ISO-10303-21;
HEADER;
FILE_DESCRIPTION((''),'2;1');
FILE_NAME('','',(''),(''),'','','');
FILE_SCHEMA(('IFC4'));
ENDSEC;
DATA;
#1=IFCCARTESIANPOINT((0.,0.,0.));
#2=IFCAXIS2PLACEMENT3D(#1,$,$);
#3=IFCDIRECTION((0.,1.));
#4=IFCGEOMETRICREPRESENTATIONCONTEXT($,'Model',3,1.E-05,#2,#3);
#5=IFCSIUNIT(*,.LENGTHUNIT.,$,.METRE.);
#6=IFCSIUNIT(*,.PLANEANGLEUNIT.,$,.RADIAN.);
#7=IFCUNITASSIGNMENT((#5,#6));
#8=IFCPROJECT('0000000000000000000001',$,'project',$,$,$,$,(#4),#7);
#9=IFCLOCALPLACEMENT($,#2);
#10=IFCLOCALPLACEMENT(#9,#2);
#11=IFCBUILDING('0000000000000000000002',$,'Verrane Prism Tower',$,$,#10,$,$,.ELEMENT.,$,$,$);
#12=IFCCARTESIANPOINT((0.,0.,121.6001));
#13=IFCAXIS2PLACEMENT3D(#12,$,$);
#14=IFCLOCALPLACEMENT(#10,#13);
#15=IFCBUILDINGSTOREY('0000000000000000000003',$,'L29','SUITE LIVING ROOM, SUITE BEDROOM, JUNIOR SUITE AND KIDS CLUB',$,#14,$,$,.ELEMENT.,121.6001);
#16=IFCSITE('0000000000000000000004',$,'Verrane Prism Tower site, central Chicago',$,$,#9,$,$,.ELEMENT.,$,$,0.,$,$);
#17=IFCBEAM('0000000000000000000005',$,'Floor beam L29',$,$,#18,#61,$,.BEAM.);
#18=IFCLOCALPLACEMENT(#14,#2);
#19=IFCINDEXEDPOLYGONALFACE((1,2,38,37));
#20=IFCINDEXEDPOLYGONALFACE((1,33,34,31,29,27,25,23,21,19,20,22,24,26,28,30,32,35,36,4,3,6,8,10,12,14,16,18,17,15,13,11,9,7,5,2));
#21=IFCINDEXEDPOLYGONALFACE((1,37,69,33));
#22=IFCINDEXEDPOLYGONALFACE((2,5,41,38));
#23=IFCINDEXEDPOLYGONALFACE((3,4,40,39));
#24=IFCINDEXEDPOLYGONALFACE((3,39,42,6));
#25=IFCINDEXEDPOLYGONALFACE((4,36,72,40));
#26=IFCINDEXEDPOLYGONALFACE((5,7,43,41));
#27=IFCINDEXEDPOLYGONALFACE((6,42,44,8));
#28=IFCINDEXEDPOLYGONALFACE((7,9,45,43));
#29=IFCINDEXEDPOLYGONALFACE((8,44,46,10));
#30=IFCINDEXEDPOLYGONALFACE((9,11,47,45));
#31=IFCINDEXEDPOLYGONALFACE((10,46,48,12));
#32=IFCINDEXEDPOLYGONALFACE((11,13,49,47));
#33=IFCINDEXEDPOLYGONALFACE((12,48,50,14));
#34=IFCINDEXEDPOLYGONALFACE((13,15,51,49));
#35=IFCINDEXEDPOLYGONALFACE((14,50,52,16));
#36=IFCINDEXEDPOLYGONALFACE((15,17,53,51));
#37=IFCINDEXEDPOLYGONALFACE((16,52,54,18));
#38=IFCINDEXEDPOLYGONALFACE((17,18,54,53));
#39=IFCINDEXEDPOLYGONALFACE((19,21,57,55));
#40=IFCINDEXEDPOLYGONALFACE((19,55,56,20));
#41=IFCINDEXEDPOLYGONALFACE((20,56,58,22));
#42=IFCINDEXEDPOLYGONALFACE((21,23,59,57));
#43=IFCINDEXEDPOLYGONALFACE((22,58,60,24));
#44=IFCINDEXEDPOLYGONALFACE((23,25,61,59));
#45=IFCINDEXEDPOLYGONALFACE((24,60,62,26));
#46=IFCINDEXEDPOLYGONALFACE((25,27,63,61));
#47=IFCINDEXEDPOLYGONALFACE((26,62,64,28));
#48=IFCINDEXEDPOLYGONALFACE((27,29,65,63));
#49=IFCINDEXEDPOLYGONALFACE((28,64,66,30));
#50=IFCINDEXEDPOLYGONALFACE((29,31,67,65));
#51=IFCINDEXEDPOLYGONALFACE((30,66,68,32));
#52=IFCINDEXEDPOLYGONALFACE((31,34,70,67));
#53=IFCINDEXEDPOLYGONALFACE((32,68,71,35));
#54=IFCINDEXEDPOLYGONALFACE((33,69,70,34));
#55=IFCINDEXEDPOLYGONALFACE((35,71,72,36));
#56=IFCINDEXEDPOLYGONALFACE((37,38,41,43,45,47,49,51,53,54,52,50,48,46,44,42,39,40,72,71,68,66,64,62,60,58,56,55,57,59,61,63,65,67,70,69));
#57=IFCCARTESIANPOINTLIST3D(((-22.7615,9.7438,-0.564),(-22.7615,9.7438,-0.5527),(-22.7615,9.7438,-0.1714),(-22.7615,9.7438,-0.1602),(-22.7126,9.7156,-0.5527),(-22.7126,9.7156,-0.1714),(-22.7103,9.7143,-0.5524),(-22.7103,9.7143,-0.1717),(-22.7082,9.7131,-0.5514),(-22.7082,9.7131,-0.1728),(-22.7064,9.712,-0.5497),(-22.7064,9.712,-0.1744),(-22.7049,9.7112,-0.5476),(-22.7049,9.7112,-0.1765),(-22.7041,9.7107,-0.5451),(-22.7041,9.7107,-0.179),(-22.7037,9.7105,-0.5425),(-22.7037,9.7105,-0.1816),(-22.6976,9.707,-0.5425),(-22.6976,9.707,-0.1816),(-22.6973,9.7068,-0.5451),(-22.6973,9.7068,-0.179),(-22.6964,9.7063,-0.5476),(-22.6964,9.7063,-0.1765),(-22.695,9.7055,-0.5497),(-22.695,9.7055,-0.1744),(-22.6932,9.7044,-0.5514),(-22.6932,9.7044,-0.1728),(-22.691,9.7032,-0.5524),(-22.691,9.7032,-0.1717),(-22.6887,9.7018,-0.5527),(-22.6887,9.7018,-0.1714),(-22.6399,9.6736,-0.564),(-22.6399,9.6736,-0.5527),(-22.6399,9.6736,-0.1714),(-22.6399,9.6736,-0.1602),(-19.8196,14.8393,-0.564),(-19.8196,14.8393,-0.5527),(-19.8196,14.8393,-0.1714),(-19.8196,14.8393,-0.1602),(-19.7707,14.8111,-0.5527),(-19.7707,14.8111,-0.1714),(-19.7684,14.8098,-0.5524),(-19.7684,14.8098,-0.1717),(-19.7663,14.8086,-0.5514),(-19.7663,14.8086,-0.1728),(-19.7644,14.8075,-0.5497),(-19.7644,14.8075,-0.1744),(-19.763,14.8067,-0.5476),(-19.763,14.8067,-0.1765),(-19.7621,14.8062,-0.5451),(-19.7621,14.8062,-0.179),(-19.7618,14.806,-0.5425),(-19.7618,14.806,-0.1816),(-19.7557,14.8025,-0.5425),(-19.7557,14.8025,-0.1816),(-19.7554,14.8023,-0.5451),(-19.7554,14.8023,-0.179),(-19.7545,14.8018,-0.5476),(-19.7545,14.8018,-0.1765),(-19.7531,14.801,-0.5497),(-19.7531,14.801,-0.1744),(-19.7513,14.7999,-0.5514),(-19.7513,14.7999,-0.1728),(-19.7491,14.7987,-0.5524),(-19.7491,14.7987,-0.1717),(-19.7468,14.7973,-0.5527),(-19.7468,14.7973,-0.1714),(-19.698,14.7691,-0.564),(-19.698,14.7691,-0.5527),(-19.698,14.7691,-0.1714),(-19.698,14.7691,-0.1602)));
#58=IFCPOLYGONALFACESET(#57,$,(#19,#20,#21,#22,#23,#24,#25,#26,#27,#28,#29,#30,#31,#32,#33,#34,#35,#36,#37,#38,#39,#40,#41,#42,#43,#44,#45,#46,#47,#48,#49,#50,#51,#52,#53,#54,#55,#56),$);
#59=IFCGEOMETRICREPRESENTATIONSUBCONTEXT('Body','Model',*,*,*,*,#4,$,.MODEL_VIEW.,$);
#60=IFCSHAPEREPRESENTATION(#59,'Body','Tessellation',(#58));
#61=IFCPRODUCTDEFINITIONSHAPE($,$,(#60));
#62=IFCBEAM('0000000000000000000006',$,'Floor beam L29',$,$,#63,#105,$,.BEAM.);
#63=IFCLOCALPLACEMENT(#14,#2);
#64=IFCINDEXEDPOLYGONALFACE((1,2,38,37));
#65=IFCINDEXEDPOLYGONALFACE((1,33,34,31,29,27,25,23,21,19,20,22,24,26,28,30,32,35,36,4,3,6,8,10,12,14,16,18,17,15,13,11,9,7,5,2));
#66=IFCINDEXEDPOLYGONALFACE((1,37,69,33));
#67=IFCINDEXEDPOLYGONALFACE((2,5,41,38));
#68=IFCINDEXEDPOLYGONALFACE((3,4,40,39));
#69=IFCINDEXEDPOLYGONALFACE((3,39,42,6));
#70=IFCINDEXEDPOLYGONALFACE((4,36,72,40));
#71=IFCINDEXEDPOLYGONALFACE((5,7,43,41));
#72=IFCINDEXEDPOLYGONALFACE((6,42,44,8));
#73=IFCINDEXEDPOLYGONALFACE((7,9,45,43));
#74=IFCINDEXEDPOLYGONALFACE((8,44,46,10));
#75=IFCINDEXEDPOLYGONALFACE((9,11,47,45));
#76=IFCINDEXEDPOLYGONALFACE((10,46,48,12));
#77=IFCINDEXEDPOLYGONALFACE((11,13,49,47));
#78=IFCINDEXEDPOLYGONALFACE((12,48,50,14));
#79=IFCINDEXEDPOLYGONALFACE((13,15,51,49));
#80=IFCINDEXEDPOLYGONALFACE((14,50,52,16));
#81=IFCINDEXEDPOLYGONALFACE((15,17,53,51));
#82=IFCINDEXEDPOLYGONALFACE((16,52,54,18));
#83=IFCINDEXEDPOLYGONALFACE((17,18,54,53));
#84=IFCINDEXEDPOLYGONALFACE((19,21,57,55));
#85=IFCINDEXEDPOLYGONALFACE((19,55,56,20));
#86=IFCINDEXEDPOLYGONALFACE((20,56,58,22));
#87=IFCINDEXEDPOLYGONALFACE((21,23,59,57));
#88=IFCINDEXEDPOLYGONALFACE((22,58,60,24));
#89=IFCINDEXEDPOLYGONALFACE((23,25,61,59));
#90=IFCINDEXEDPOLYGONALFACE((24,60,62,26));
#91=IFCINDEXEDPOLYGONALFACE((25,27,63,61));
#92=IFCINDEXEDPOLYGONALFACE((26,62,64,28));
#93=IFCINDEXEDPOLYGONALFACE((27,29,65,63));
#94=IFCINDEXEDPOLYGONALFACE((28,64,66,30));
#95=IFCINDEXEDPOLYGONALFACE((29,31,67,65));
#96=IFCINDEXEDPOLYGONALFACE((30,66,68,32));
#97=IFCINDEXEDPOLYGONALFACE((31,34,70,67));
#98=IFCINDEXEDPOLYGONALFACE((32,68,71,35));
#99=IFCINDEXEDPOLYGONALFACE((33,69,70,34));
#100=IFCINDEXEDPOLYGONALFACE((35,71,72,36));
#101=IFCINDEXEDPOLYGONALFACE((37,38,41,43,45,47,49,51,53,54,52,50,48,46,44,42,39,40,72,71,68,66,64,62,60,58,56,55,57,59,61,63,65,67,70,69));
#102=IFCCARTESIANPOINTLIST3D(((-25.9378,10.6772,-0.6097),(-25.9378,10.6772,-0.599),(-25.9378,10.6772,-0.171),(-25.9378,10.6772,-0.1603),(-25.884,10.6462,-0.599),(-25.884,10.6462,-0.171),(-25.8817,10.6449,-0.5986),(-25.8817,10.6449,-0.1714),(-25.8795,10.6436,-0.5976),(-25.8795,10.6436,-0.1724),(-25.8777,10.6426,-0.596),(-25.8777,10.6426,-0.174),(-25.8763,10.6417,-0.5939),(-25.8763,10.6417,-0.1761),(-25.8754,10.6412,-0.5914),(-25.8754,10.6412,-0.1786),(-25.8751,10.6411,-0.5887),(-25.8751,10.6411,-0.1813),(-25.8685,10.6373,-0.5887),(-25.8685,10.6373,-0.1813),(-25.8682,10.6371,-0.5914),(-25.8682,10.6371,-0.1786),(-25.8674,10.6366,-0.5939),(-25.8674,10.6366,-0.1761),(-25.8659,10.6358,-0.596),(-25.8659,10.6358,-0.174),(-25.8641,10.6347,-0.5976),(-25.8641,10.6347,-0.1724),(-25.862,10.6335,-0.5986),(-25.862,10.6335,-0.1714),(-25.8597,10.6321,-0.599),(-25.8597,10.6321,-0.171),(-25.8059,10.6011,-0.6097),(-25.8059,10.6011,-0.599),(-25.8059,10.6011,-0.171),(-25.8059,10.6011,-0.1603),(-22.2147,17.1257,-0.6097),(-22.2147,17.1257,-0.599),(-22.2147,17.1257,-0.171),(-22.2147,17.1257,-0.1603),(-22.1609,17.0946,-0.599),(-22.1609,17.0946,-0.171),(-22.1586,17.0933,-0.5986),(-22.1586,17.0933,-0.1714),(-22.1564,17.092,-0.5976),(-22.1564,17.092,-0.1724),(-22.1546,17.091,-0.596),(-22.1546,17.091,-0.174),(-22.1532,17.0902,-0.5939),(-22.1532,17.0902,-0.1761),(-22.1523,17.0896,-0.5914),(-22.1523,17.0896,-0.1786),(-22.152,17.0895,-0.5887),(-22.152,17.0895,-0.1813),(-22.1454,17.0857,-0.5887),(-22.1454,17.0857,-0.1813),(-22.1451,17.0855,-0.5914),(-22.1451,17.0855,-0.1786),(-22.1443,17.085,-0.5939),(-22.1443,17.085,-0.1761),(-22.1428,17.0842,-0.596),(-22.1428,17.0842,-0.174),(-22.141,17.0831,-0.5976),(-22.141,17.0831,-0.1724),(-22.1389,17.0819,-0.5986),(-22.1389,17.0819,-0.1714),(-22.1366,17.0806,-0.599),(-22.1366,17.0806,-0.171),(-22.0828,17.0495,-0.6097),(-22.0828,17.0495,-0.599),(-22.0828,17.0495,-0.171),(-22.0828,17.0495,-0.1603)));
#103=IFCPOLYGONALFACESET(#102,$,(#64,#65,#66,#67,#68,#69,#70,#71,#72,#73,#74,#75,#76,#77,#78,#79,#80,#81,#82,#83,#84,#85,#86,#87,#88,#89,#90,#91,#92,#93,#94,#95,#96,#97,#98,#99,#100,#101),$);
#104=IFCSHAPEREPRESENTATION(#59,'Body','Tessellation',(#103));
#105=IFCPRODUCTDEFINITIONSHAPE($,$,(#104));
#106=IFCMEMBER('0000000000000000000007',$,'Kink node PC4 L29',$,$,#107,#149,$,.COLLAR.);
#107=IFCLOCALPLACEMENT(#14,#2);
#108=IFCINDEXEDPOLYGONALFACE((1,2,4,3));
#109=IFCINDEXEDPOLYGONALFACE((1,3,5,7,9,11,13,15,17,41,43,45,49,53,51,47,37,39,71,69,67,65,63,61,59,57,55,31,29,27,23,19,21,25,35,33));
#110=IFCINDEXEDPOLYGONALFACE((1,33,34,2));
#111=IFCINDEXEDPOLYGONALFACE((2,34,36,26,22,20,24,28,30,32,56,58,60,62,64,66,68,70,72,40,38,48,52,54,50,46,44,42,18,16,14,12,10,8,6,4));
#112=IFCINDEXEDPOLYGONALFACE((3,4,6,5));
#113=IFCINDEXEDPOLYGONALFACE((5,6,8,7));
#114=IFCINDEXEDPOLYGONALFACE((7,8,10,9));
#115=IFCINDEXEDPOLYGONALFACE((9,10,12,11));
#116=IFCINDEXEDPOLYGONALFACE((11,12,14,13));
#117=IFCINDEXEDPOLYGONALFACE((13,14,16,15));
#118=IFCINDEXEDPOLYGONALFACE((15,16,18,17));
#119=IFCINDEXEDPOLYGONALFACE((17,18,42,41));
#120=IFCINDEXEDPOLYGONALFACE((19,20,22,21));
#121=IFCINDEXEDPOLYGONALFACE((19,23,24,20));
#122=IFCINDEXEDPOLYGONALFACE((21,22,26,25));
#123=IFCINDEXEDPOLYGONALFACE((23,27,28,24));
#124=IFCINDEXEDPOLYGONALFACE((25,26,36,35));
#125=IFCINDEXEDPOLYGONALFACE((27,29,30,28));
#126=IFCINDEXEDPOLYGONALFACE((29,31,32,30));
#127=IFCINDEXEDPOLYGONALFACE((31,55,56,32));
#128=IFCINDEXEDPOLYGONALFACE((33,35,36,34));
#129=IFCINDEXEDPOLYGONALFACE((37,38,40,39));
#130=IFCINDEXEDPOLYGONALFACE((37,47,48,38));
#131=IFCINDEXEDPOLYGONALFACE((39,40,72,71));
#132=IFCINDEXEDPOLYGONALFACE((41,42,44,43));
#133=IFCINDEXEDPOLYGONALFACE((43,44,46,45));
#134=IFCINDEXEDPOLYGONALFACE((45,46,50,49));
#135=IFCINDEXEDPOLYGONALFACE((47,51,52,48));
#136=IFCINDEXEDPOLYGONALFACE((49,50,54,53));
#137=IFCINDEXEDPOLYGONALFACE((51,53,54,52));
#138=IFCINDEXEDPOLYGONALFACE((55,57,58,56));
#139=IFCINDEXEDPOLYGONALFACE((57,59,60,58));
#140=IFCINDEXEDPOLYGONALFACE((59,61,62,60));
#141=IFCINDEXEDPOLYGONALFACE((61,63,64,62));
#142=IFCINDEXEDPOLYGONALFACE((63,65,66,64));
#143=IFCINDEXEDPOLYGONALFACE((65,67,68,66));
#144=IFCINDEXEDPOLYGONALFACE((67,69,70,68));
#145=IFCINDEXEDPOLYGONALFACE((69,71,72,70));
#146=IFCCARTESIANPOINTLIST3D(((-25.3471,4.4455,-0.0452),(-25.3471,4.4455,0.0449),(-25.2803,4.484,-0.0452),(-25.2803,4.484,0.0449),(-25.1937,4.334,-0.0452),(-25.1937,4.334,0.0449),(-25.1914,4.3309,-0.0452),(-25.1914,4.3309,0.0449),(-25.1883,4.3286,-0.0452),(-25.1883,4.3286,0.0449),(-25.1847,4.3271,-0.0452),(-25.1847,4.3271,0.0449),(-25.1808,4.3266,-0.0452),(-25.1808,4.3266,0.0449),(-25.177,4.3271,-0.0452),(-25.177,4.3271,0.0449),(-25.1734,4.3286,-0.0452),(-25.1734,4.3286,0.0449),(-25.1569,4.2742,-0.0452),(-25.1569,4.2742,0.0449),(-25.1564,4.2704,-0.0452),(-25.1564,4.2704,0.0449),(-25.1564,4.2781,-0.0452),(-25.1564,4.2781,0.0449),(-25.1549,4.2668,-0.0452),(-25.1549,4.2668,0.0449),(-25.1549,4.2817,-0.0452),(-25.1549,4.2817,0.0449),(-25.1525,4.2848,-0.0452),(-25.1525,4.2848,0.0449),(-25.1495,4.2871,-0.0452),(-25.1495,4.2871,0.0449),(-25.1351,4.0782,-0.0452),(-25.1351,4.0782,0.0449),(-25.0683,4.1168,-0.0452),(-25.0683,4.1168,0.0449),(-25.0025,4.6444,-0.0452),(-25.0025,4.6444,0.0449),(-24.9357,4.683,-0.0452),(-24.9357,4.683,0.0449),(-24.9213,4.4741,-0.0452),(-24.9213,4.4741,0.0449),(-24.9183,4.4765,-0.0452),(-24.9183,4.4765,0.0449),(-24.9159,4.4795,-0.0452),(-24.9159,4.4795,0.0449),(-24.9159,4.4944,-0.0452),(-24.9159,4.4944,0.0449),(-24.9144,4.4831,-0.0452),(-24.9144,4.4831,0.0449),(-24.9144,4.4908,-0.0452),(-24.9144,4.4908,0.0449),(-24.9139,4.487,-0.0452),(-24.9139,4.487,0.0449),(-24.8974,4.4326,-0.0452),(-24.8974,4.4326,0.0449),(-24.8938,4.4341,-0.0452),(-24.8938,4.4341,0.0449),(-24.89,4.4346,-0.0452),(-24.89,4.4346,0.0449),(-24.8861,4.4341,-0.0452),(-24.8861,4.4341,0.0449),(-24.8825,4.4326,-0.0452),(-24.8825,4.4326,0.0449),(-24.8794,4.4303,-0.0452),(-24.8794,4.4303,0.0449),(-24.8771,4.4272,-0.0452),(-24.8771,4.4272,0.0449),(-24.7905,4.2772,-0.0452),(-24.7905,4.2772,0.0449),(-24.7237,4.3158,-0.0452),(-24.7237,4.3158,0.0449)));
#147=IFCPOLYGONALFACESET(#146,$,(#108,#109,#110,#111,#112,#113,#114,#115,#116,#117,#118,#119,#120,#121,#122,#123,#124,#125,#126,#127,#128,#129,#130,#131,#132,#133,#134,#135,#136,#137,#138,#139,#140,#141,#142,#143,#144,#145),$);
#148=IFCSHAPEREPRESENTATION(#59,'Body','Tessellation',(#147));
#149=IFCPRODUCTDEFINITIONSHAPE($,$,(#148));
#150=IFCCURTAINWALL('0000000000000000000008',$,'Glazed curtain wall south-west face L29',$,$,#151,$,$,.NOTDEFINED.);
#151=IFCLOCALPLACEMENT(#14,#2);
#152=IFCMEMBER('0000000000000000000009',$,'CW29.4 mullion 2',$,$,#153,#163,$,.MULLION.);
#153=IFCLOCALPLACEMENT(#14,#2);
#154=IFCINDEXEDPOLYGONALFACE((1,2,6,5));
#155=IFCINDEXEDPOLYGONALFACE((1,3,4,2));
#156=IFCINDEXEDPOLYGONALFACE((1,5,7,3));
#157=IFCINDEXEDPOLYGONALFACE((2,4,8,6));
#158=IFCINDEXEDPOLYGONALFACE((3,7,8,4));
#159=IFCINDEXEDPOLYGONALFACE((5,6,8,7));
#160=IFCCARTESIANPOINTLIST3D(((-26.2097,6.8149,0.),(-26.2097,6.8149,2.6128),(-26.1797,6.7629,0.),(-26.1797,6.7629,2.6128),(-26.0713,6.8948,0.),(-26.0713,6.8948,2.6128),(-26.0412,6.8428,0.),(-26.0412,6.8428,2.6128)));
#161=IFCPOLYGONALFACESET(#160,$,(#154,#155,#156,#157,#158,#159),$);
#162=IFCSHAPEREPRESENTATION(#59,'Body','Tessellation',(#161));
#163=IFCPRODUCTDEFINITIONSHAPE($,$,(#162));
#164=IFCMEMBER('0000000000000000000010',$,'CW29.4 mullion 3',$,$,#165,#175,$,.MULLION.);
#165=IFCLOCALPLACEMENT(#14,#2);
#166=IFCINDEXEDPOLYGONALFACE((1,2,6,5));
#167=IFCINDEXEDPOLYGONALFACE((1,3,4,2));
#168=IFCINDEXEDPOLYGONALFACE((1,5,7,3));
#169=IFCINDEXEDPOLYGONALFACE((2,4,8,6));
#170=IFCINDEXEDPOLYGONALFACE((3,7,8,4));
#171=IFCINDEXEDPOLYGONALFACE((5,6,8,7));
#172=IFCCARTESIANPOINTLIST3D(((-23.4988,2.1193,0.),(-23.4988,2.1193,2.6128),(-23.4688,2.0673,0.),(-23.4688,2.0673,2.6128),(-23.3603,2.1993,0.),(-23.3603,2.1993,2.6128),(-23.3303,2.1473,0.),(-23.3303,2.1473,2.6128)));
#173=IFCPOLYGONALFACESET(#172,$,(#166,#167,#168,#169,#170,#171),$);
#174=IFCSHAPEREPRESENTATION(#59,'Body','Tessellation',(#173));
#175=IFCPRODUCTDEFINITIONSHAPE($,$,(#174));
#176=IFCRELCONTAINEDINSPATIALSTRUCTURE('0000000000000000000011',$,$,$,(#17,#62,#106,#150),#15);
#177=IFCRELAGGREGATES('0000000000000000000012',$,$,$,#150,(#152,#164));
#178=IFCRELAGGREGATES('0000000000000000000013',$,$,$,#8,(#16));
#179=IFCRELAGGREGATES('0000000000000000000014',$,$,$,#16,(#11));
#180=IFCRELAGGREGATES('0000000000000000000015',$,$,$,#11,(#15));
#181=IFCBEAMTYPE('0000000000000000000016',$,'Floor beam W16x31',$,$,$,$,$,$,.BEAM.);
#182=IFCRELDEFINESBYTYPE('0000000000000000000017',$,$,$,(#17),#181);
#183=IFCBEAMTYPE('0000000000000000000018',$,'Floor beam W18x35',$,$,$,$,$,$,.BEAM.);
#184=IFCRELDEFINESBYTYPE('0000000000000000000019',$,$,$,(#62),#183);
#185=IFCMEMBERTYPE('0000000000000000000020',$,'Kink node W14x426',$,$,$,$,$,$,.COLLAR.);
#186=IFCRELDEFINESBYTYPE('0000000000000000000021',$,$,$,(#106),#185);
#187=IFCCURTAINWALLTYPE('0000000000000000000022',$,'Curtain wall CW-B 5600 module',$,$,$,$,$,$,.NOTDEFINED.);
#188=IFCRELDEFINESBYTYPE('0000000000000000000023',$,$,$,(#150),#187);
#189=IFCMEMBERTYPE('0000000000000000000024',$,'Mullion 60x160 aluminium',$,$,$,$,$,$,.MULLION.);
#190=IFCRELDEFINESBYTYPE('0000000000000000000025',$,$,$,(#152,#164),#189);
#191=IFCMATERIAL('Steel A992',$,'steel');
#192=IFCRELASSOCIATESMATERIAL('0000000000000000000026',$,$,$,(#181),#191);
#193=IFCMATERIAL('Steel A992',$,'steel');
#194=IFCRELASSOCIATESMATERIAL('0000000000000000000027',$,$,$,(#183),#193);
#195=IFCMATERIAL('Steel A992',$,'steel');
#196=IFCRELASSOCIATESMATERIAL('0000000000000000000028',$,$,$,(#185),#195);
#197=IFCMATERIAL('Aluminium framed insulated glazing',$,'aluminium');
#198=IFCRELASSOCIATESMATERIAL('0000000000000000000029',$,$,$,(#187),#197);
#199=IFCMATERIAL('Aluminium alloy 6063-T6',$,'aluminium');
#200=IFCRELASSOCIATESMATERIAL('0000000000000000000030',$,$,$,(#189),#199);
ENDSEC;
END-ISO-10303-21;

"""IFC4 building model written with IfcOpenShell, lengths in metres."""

from ifc_helpers import new_model, si_unit, direction, frame, origin, origin_2d, place, context, subcontext, project, spatial, rectangle, i_section, extrude, material, material_profile, profile_set, type_object, element, aggregate, save


model = new_model("IFC4")

# Units and contexts
model_context = context("Model", 3, precision=1e-05, world=origin(), true_north=direction((0.0, 1.0)))
body_context = subcontext(model_context, "Body", "Model", "MODEL_VIEW")
ifc_project = project(units=[si_unit("LENGTHUNIT", "METRE"), si_unit("PLANEANGLEUNIT", "RADIAN")], contexts=[model_context])

# Site, building, storey
site_placement = place(None, origin())
site = spatial("IfcSite", under=ifc_project, at=site_placement, Name="Verrane Prism Tower site, central Chicago", CompositionType="ELEMENT", RefElevation=0.0)
building_placement = place(site_placement, origin())
building = spatial("IfcBuilding", under=site, at=building_placement, Name="Verrane Prism Tower", CompositionType="ELEMENT")
storey_placement = place(building_placement, frame((0.0, 0.0, 121.6001)))
storey = spatial("IfcBuildingStorey", under=building, at=storey_placement, Name="L29", Description="SUITE LIVING ROOM, SUITE BEDROOM, JUNIOR SUITE AND KIDS CLUB", CompositionType="ELEMENT", Elevation=121.6001)

# Beams
ifc_material_1 = material(Name="Steel A992", Category="steel")
ifc_material_profile_1 = material_profile(ifc_material_1, i_section(OverallWidth=0.1404, OverallDepth=0.4038, WebThickness=0.0071, FlangeThickness=0.0112, FilletRadius=0.0103, at=origin_2d()), Name="W16x31")
ifc_profile_set_1 = profile_set([ifc_material_profile_1], Name="Steel A992")
beam_type_1 = type_object("IfcBeamType", Name="Floor beam W16x31", PredefinedType="BEAM", material=ifc_profile_set_1)
beam_1_placement = place(storey_placement, frame((-22.7007, 9.7087, -0.3621), z_axis=(0.500004, 0.866023, 0.0), x_axis=(-0.866023, 0.500004, 0.0)))
element("IfcBeam", 1, at=beam_1_placement, inside=storey, type_object=beam_type_1, Name="Floor beam L29", PredefinedType="BEAM", context=body_context, shape_type="SweptSolid", body=[
    extrude(i_section(OverallWidth=0.1404, OverallDepth=0.4038, WebThickness=0.0071, FlangeThickness=0.0112, FilletRadius=0.0103, at=origin_2d()), origin(), (0.0, 0.0, 1.0), 5.8838),
])
ifc_material_2 = material(Name="Steel A992", Category="steel")
ifc_material_profile_2 = material_profile(ifc_material_2, i_section(OverallWidth=0.1523, OverallDepth=0.4495, WebThickness=0.0076, FlangeThickness=0.0107, FilletRadius=0.0103, at=origin_2d()), Name="W18x35")
ifc_profile_set_2 = profile_set([ifc_material_profile_2], Name="Steel A992")
beam_type_2 = type_object("IfcBeamType", Name="Floor beam W18x35", PredefinedType="BEAM", material=ifc_profile_set_2)
beam_2_placement = place(storey_placement, frame((-25.8718, 10.6392, -0.385), z_axis=(0.500011, 0.866019, 0.0), x_axis=(-0.866019, 0.500011, 0.0)))
element("IfcBeam", 2, at=beam_2_placement, inside=storey, type_object=beam_type_2, Name="Floor beam L29", PredefinedType="BEAM", context=body_context, shape_type="SweptSolid", body=[
    extrude(i_section(OverallWidth=0.1523, OverallDepth=0.4495, WebThickness=0.0076, FlangeThickness=0.0107, FilletRadius=0.0103, at=origin_2d()), origin(), (0.0, 0.0, 1.0), 7.446),
])

# Member
ifc_material_3 = material(Name="Steel A992", Category="steel")
ifc_material_profile_3 = material_profile(ifc_material_3, i_section(OverallWidth=0.4241, OverallDepth=0.4751, WebThickness=0.0479, FlangeThickness=0.0771, FilletRadius=0.0149, at=origin_2d()), Name="W14x426")
ifc_profile_set_3 = profile_set([ifc_material_profile_3], Name="Steel A992")
member_type_1 = type_object("IfcMemberType", Name="Kink node W14x426", PredefinedType="COLLAR", material=ifc_profile_set_3)
member_1_placement = place(storey_placement, frame((-25.0354, 4.3806, -0.0452), z_axis=(0.0, 0.0, 1.0), x_axis=(-0.5, 0.866025, 0.0)))
element("IfcMember", 3, at=member_1_placement, inside=storey, type_object=member_type_1, Name="Kink node PC4 L29", PredefinedType="COLLAR", context=body_context, shape_type="SweptSolid", body=[
    extrude(i_section(OverallWidth=0.4241, OverallDepth=0.4751, WebThickness=0.0479, FlangeThickness=0.0771, FilletRadius=0.0149, at=origin_2d()), origin(), (0.0, 0.0, 1.0), 0.0901),
])

# Curtain wall, members
ifc_material_4 = material(Name="Aluminium framed insulated glazing", Category="aluminium")
curtain_wall_type = type_object("IfcCurtainWallType", Name="Curtain wall CW-B 5600 module", PredefinedType="NOTDEFINED", material=ifc_material_4)
curtain_wall_placement = place(storey_placement, origin())
curtain_wall = element("IfcCurtainWall", 4, at=curtain_wall_placement, inside=storey, type_object=curtain_wall_type, Name="Glazed curtain wall south-west face L29", PredefinedType="NOTDEFINED")
ifc_material_5 = material(Name="Aluminium alloy 6063-T6", Category="aluminium")
ifc_material_profile_4 = material_profile(ifc_material_5, rectangle(XDim=0.1599, YDim=0.0601, at=origin_2d()), Name="Mullion 60x160 aluminium")
ifc_profile_set_4 = profile_set([ifc_material_profile_4], Name="Aluminium alloy 6063-T6")
member_type_2 = type_object("IfcMemberType", Name="Mullion 60x160 aluminium", PredefinedType="MULLION", material=ifc_profile_set_4)
member_2_placement = place(storey_placement, frame((-26.1255, 6.8289, 0.0), z_axis=(0.0, 0.0, 1.0), x_axis=(0.866025, 0.5, 0.0)))
member_2 = element("IfcMember", 5, at=member_2_placement, type_object=member_type_2, Name="CW29.4 mullion 2", PredefinedType="MULLION", context=body_context, shape_type="SweptSolid", body=[
    extrude(rectangle(XDim=0.1599, YDim=0.0601, at=origin_2d()), origin(), (0.0, 0.0, 1.0), 2.6128),
])
member_3_placement = place(storey_placement, frame((-23.4146, 2.1333, 0.0), z_axis=(0.0, 0.0, 1.0), x_axis=(0.866025, 0.5, 0.0)))
member_3 = element("IfcMember", 6, at=member_3_placement, type_object=member_type_2, Name="CW29.4 mullion 3", PredefinedType="MULLION", context=body_context, shape_type="SweptSolid", body=[
    extrude(rectangle(XDim=0.1599, YDim=0.0601, at=origin_2d()), origin(), (0.0, 0.0, 1.0), 2.6128),
])

aggregate(curtain_wall, [member_2, member_3])

save(model, "model.ifc")
